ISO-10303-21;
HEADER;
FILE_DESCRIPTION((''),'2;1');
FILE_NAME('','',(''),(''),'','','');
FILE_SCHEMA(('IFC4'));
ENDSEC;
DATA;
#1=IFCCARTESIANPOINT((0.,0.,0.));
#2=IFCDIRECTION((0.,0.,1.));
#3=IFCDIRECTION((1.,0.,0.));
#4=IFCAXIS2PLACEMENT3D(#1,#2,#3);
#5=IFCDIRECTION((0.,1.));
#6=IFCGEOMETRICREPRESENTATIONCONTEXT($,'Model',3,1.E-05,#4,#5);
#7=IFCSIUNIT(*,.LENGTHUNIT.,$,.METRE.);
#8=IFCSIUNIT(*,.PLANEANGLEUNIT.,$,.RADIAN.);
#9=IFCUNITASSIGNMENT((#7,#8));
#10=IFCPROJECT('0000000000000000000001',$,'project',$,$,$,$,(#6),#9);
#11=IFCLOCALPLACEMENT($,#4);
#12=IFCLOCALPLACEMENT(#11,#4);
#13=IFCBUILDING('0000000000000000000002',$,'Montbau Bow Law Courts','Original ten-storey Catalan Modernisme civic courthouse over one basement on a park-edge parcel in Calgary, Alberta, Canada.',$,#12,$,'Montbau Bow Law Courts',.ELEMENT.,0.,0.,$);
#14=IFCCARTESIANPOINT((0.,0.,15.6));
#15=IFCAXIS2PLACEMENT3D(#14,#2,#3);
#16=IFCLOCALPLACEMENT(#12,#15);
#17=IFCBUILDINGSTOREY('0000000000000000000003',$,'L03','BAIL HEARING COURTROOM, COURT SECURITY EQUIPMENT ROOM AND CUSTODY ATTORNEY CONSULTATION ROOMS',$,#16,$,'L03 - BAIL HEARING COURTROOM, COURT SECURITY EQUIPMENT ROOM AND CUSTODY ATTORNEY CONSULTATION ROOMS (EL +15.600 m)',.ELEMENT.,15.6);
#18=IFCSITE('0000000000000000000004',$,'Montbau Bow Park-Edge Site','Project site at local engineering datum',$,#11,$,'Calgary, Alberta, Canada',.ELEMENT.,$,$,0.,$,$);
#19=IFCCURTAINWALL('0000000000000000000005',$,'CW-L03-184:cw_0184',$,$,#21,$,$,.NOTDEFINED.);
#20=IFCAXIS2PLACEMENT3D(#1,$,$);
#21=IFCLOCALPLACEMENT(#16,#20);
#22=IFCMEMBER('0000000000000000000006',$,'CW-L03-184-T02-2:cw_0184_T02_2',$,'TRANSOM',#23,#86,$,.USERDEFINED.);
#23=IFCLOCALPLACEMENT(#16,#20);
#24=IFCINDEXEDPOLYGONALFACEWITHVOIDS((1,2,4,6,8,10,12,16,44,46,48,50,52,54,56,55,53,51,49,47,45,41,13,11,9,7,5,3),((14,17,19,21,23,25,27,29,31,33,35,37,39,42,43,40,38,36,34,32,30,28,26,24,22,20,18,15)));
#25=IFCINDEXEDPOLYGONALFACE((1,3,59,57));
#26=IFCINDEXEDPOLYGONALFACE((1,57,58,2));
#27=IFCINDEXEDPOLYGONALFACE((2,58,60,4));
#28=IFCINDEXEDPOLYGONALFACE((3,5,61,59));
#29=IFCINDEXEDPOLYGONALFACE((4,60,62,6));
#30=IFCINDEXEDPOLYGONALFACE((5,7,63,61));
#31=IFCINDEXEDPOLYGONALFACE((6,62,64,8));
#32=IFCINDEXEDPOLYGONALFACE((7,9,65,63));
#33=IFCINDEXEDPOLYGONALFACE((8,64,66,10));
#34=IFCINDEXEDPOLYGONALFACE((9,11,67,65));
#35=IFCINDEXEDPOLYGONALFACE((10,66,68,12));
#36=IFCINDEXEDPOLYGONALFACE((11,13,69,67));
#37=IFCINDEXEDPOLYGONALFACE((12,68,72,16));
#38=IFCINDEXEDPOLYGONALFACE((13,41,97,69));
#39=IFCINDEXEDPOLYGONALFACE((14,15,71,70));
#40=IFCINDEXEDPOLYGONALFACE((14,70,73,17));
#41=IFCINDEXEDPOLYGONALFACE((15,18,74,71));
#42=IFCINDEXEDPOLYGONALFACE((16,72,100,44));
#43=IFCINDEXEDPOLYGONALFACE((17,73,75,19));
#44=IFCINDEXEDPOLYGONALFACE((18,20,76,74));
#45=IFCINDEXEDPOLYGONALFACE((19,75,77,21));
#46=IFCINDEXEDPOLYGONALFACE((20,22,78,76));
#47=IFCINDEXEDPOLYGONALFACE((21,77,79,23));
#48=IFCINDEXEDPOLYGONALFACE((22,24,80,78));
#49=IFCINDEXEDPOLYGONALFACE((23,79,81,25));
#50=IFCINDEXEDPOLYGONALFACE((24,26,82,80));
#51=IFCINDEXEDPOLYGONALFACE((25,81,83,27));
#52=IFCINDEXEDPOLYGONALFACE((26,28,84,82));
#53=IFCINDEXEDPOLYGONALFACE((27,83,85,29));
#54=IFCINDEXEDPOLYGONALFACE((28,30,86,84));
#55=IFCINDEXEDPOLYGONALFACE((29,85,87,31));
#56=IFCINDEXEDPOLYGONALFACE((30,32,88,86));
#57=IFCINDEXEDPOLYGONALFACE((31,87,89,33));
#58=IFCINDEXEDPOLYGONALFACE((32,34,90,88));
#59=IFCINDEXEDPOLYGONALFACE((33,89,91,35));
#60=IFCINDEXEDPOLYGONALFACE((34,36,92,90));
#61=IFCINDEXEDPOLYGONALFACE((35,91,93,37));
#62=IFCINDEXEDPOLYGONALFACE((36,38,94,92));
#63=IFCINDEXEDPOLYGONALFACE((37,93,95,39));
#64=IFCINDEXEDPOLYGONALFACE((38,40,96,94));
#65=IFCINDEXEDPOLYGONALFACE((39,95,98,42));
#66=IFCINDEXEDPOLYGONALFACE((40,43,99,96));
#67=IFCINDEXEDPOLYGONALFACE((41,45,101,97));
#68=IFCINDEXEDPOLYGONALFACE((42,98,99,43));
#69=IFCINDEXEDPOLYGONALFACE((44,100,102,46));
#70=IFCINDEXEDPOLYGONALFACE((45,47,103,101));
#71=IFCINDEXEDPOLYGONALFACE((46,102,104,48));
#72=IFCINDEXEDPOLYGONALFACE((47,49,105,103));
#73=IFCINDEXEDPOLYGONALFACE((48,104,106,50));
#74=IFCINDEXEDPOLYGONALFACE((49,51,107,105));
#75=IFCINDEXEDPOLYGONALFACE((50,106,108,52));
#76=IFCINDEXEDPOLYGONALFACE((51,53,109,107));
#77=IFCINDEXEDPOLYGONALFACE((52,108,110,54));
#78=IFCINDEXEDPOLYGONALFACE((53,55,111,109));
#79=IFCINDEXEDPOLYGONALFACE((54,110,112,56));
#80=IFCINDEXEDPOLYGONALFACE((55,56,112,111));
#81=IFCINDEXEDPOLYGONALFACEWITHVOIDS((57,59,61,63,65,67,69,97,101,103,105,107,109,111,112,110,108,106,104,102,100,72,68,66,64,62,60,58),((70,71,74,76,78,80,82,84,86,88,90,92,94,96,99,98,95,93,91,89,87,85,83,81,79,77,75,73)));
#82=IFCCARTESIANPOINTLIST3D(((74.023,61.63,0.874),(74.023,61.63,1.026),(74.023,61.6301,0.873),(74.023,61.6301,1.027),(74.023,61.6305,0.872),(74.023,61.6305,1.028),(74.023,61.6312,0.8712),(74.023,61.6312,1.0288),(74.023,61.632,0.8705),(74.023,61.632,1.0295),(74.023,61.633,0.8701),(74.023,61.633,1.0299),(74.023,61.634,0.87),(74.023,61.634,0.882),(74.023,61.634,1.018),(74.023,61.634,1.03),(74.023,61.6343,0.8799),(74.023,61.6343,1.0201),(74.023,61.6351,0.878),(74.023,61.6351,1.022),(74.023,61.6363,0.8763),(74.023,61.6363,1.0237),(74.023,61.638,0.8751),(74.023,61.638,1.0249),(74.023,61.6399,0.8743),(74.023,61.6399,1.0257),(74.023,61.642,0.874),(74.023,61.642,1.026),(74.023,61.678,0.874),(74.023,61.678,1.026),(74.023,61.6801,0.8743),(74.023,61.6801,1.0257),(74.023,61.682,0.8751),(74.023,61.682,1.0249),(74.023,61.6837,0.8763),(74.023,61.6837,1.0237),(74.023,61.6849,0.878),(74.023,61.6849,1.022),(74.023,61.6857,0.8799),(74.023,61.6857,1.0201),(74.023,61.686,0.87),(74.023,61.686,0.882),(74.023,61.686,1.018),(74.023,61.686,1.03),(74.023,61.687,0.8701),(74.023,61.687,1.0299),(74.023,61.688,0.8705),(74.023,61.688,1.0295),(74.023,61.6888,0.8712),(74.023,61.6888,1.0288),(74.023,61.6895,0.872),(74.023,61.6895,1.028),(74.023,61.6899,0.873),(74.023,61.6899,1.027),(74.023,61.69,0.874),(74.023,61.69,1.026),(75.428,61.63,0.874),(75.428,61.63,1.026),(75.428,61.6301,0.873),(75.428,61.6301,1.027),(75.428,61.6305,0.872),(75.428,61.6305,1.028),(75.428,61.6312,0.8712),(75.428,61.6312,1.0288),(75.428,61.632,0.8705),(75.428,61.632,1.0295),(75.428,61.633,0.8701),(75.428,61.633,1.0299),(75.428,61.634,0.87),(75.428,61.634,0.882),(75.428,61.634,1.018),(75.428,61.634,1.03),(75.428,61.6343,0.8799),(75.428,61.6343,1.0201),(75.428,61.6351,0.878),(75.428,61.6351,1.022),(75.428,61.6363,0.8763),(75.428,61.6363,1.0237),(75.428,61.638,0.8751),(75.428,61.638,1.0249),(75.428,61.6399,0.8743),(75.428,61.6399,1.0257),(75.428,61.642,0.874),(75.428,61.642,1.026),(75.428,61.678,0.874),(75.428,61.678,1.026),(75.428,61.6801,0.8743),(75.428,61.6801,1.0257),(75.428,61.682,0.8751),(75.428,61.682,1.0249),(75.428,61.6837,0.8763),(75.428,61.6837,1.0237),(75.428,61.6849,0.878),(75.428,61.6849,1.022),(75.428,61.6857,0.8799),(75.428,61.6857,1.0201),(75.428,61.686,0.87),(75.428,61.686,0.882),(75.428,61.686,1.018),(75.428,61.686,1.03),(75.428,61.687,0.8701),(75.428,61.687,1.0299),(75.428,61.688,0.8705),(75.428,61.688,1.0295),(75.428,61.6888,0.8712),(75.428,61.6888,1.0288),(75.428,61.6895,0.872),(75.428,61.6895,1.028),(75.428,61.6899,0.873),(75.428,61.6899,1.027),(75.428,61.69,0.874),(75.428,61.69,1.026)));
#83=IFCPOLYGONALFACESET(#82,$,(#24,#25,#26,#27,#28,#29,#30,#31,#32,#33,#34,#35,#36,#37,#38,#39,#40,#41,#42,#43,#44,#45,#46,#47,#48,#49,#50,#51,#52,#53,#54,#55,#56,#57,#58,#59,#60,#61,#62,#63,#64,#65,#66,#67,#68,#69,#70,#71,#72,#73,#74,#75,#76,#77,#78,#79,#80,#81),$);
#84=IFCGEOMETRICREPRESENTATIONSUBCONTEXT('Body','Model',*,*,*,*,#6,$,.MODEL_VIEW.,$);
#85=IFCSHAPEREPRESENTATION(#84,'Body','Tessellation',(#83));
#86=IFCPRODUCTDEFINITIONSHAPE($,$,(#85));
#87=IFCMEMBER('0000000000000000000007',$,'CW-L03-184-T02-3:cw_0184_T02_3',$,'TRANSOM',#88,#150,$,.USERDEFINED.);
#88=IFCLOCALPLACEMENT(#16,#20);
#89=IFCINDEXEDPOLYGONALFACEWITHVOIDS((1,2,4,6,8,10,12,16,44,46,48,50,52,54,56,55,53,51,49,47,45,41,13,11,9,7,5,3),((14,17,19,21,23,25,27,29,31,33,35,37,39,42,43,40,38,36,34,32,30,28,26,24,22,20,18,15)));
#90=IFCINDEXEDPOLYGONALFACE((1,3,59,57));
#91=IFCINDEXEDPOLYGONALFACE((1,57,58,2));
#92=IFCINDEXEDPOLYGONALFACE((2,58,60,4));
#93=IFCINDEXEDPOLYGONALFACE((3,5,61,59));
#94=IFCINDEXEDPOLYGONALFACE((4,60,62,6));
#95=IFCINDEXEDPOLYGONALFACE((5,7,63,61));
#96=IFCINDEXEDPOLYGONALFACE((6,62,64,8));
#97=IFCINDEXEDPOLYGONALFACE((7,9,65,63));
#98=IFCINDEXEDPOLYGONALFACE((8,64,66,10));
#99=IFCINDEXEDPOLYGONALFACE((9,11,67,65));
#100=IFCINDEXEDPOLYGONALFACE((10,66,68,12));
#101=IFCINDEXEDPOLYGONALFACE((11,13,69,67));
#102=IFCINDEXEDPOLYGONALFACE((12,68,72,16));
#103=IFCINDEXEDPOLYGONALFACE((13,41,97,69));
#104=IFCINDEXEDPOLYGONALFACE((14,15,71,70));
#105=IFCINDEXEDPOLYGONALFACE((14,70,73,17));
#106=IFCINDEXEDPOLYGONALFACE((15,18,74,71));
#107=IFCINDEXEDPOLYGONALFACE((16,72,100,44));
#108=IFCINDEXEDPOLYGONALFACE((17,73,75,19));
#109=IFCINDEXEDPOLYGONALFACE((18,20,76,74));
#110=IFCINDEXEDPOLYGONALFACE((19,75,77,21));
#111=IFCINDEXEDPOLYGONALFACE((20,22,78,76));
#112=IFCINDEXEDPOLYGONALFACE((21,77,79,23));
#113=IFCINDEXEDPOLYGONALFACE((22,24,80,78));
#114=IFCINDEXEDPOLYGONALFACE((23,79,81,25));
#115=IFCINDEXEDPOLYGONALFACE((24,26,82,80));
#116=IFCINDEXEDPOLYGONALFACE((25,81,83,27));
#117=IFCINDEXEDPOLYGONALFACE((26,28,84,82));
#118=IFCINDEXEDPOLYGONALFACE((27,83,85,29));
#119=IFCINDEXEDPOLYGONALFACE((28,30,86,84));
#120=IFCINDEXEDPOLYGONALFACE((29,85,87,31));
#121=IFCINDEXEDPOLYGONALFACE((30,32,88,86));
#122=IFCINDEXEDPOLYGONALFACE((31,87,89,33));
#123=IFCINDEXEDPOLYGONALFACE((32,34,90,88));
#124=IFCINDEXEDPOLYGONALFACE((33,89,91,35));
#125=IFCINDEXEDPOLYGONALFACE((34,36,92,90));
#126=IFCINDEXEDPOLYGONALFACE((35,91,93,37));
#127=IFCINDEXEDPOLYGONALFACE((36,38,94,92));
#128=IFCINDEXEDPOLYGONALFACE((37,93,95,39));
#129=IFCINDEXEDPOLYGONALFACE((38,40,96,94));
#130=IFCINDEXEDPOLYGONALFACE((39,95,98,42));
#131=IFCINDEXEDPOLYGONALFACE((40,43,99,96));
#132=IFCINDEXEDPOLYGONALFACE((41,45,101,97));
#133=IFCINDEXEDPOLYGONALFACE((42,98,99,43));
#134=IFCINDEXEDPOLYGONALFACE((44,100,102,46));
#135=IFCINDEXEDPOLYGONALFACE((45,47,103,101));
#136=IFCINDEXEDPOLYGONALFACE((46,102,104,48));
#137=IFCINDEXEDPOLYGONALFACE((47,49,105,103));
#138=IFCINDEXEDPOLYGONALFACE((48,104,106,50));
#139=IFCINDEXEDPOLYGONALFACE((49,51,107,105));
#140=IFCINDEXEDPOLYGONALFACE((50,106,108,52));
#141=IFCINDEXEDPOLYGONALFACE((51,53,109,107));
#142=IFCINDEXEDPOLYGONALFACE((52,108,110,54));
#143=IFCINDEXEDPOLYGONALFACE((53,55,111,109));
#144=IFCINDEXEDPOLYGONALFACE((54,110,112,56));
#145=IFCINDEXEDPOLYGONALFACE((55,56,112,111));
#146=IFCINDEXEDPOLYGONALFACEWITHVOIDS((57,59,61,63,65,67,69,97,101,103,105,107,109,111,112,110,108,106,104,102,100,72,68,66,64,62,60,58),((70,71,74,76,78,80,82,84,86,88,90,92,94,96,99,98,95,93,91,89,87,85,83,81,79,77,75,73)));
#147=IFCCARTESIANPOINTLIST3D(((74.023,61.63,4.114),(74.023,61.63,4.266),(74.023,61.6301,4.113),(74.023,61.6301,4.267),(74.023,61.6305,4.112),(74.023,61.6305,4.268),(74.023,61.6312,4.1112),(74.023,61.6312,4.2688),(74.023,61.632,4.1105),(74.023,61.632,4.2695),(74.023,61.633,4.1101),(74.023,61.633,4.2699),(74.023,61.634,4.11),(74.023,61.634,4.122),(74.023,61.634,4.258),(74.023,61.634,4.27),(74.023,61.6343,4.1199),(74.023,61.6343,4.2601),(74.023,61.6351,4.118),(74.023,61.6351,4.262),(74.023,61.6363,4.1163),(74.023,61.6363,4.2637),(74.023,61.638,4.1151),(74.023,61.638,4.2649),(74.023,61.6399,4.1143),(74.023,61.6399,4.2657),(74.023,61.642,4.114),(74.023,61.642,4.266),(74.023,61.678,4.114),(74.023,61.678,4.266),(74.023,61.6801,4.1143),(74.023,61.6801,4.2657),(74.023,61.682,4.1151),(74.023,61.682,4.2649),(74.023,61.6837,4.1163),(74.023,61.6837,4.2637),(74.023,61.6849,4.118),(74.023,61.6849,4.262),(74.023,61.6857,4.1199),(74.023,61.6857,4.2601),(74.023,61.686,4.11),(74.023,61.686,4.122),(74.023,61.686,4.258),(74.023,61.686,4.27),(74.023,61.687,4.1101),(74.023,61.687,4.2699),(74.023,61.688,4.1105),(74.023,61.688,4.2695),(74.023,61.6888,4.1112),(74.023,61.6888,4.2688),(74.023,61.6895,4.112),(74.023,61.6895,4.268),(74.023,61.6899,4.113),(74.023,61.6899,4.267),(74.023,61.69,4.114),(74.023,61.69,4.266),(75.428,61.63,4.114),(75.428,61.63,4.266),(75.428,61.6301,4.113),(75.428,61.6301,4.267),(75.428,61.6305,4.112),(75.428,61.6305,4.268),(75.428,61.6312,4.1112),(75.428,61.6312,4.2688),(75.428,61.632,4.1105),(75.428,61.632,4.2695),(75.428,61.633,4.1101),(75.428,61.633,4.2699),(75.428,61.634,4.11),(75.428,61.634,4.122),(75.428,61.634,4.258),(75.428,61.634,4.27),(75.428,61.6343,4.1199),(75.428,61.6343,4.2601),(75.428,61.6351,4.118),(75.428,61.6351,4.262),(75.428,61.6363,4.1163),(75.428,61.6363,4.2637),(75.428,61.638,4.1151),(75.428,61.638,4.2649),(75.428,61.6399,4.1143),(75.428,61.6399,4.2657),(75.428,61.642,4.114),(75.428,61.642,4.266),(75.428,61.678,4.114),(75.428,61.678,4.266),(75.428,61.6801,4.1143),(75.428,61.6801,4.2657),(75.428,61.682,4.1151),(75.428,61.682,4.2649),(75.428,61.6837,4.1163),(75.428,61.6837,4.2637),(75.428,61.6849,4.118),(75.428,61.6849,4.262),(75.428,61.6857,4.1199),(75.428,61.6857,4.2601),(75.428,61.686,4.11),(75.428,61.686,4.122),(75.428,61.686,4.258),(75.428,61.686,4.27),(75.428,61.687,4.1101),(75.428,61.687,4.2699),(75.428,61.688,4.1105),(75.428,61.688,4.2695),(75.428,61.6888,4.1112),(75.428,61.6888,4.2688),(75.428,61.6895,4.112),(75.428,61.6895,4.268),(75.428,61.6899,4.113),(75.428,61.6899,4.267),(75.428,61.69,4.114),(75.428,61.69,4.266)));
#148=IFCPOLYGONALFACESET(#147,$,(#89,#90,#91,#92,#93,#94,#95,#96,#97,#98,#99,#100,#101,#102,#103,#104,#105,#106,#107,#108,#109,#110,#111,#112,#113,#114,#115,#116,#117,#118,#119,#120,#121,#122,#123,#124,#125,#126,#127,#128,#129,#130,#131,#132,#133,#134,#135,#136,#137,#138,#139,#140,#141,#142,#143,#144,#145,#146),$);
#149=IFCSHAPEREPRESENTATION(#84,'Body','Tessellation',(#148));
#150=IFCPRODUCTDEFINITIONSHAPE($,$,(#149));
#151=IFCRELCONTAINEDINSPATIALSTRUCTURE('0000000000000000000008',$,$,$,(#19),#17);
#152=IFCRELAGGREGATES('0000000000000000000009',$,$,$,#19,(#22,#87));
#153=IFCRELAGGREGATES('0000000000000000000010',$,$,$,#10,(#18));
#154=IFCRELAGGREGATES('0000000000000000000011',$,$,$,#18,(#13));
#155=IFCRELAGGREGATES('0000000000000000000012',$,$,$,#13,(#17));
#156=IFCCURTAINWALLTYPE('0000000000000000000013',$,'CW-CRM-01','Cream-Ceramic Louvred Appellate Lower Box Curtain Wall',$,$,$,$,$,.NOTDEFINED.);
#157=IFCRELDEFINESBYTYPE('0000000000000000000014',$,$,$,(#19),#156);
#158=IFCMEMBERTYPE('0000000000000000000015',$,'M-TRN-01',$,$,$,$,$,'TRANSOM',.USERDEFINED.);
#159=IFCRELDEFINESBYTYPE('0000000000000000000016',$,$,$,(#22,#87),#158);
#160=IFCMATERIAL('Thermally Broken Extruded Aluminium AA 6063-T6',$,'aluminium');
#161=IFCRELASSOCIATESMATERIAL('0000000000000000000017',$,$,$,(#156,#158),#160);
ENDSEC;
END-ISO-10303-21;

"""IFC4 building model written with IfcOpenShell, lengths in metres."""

from ifc_helpers import new_model, si_unit, direction, frame, origin_with_axes, origin_2d_with_axis, place, context, subcontext, project, spatial, hollow_rectangle, extrude, material, material_profile, profile_set, type_object, element, aggregate, save


model = new_model("IFC4")

# Units and contexts
model_context = context("Model", 3, precision=1e-05, world=origin_with_axes(), true_north=direction((0.0, 1.0)))
body_context = subcontext(model_context, "Body", "Model", "MODEL_VIEW")
ifc_project = project(units=[si_unit("LENGTHUNIT", "METRE"), si_unit("PLANEANGLEUNIT", "RADIAN")], contexts=[model_context])

# Site, building, storey
site_placement = place(None, origin_with_axes())
site = spatial("IfcSite", under=ifc_project, at=site_placement, Name="Montbau Bow Park-Edge Site", Description="Project site at local engineering datum", LongName="Calgary, Alberta, Canada", CompositionType="ELEMENT", RefElevation=0.0)
building_placement = place(site_placement, origin_with_axes())
building = spatial("IfcBuilding", under=site, at=building_placement, Name="Montbau Bow Law Courts", Description="Original ten-storey Catalan Modernisme civic courthouse over one basement on a park-edge parcel in Calgary, Alberta, Canada.", LongName="Montbau Bow Law Courts", CompositionType="ELEMENT", ElevationOfRefHeight=0.0, ElevationOfTerrain=0.0)
storey_placement = place(building_placement, frame((0.0, 0.0, 15.6), z_axis=(0.0, 0.0, 1.0), x_axis=(1.0, 0.0, 0.0)))
storey = spatial("IfcBuildingStorey", under=building, at=storey_placement, Name="L03", Description="BAIL HEARING COURTROOM, COURT SECURITY EQUIPMENT ROOM AND CUSTODY ATTORNEY CONSULTATION ROOMS", LongName="L03 - BAIL HEARING COURTROOM, COURT SECURITY EQUIPMENT ROOM AND CUSTODY ATTORNEY CONSULTATION ROOMS (EL +15.600 m)", CompositionType="ELEMENT", Elevation=15.6)

# Curtain wall, members
ifc_material_1 = material(Name="Thermally Broken Extruded Aluminium AA 6063-T6", Category="aluminium")
curtain_wall_type = type_object("IfcCurtainWallType", Name="CW-CRM-01", Description="Cream-Ceramic Louvred Appellate Lower Box Curtain Wall", PredefinedType="NOTDEFINED", material=ifc_material_1)
curtain_wall_placement = place(None, frame((72.515, 61.66, 15.6), z_axis=(0.0, 0.0, 1.0), x_axis=(1.0, 0.0, 0.0)))
curtain_wall = element("IfcCurtainWall", 1, at=curtain_wall_placement, inside=storey, type_object=curtain_wall_type, Name="CW-L03-184:cw_0184", PredefinedType="NOTDEFINED")
ifc_material_profile_1 = material_profile(ifc_material_1, hollow_rectangle(XDim=0.06, YDim=0.16, WallThickness=0.004, InnerFilletRadius=0.008, OuterFilletRadius=0.004, at=origin_2d_with_axis()), Name="CWT-160X60", Category="Main", Priority=0)
ifc_profile_set_1 = profile_set([ifc_material_profile_1], Name="Thermally Broken Extruded Aluminium AA 6063-T6")
member_type_1 = type_object("IfcMemberType", Name="M-TRN-01", ElementType="TRANSOM", PredefinedType="USERDEFINED", material=ifc_profile_set_1)
member_1_placement = place(None, frame((74.023, 61.66, 16.55), z_axis=(1.0, 0.0, 0.0), x_axis=(0.0, 1.0, 0.0)))
member_1 = element("IfcMember", 2, at=member_1_placement, type_object=member_type_1, Name="CW-L03-184-T02-2:cw_0184_T02_2", ObjectType="TRANSOM", PredefinedType="USERDEFINED", context=body_context, shape_type="SweptSolid", body=[
    extrude(hollow_rectangle(XDim=0.06, YDim=0.16, WallThickness=0.004, InnerFilletRadius=0.008, OuterFilletRadius=0.004, at=origin_2d_with_axis()), origin_with_axes(), (0.0, 0.0, 1.0), 1.405),
])
member_2_placement = place(None, frame((74.023, 61.66, 19.79), z_axis=(1.0, 0.0, 0.0), x_axis=(0.0, 1.0, 0.0)))
member_2 = element("IfcMember", 3, at=member_2_placement, type_object=member_type_1, Name="CW-L03-184-T02-3:cw_0184_T02_3", ObjectType="TRANSOM", PredefinedType="USERDEFINED", context=body_context, shape_type="SweptSolid", body=[
    extrude(hollow_rectangle(XDim=0.06, YDim=0.16, WallThickness=0.004, InnerFilletRadius=0.008, OuterFilletRadius=0.004, at=origin_2d_with_axis()), origin_with_axes(), (0.0, 0.0, 1.0), 1.405),
])
aggregate(curtain_wall, [member_1, member_2])

save(model, "model.ifc")
